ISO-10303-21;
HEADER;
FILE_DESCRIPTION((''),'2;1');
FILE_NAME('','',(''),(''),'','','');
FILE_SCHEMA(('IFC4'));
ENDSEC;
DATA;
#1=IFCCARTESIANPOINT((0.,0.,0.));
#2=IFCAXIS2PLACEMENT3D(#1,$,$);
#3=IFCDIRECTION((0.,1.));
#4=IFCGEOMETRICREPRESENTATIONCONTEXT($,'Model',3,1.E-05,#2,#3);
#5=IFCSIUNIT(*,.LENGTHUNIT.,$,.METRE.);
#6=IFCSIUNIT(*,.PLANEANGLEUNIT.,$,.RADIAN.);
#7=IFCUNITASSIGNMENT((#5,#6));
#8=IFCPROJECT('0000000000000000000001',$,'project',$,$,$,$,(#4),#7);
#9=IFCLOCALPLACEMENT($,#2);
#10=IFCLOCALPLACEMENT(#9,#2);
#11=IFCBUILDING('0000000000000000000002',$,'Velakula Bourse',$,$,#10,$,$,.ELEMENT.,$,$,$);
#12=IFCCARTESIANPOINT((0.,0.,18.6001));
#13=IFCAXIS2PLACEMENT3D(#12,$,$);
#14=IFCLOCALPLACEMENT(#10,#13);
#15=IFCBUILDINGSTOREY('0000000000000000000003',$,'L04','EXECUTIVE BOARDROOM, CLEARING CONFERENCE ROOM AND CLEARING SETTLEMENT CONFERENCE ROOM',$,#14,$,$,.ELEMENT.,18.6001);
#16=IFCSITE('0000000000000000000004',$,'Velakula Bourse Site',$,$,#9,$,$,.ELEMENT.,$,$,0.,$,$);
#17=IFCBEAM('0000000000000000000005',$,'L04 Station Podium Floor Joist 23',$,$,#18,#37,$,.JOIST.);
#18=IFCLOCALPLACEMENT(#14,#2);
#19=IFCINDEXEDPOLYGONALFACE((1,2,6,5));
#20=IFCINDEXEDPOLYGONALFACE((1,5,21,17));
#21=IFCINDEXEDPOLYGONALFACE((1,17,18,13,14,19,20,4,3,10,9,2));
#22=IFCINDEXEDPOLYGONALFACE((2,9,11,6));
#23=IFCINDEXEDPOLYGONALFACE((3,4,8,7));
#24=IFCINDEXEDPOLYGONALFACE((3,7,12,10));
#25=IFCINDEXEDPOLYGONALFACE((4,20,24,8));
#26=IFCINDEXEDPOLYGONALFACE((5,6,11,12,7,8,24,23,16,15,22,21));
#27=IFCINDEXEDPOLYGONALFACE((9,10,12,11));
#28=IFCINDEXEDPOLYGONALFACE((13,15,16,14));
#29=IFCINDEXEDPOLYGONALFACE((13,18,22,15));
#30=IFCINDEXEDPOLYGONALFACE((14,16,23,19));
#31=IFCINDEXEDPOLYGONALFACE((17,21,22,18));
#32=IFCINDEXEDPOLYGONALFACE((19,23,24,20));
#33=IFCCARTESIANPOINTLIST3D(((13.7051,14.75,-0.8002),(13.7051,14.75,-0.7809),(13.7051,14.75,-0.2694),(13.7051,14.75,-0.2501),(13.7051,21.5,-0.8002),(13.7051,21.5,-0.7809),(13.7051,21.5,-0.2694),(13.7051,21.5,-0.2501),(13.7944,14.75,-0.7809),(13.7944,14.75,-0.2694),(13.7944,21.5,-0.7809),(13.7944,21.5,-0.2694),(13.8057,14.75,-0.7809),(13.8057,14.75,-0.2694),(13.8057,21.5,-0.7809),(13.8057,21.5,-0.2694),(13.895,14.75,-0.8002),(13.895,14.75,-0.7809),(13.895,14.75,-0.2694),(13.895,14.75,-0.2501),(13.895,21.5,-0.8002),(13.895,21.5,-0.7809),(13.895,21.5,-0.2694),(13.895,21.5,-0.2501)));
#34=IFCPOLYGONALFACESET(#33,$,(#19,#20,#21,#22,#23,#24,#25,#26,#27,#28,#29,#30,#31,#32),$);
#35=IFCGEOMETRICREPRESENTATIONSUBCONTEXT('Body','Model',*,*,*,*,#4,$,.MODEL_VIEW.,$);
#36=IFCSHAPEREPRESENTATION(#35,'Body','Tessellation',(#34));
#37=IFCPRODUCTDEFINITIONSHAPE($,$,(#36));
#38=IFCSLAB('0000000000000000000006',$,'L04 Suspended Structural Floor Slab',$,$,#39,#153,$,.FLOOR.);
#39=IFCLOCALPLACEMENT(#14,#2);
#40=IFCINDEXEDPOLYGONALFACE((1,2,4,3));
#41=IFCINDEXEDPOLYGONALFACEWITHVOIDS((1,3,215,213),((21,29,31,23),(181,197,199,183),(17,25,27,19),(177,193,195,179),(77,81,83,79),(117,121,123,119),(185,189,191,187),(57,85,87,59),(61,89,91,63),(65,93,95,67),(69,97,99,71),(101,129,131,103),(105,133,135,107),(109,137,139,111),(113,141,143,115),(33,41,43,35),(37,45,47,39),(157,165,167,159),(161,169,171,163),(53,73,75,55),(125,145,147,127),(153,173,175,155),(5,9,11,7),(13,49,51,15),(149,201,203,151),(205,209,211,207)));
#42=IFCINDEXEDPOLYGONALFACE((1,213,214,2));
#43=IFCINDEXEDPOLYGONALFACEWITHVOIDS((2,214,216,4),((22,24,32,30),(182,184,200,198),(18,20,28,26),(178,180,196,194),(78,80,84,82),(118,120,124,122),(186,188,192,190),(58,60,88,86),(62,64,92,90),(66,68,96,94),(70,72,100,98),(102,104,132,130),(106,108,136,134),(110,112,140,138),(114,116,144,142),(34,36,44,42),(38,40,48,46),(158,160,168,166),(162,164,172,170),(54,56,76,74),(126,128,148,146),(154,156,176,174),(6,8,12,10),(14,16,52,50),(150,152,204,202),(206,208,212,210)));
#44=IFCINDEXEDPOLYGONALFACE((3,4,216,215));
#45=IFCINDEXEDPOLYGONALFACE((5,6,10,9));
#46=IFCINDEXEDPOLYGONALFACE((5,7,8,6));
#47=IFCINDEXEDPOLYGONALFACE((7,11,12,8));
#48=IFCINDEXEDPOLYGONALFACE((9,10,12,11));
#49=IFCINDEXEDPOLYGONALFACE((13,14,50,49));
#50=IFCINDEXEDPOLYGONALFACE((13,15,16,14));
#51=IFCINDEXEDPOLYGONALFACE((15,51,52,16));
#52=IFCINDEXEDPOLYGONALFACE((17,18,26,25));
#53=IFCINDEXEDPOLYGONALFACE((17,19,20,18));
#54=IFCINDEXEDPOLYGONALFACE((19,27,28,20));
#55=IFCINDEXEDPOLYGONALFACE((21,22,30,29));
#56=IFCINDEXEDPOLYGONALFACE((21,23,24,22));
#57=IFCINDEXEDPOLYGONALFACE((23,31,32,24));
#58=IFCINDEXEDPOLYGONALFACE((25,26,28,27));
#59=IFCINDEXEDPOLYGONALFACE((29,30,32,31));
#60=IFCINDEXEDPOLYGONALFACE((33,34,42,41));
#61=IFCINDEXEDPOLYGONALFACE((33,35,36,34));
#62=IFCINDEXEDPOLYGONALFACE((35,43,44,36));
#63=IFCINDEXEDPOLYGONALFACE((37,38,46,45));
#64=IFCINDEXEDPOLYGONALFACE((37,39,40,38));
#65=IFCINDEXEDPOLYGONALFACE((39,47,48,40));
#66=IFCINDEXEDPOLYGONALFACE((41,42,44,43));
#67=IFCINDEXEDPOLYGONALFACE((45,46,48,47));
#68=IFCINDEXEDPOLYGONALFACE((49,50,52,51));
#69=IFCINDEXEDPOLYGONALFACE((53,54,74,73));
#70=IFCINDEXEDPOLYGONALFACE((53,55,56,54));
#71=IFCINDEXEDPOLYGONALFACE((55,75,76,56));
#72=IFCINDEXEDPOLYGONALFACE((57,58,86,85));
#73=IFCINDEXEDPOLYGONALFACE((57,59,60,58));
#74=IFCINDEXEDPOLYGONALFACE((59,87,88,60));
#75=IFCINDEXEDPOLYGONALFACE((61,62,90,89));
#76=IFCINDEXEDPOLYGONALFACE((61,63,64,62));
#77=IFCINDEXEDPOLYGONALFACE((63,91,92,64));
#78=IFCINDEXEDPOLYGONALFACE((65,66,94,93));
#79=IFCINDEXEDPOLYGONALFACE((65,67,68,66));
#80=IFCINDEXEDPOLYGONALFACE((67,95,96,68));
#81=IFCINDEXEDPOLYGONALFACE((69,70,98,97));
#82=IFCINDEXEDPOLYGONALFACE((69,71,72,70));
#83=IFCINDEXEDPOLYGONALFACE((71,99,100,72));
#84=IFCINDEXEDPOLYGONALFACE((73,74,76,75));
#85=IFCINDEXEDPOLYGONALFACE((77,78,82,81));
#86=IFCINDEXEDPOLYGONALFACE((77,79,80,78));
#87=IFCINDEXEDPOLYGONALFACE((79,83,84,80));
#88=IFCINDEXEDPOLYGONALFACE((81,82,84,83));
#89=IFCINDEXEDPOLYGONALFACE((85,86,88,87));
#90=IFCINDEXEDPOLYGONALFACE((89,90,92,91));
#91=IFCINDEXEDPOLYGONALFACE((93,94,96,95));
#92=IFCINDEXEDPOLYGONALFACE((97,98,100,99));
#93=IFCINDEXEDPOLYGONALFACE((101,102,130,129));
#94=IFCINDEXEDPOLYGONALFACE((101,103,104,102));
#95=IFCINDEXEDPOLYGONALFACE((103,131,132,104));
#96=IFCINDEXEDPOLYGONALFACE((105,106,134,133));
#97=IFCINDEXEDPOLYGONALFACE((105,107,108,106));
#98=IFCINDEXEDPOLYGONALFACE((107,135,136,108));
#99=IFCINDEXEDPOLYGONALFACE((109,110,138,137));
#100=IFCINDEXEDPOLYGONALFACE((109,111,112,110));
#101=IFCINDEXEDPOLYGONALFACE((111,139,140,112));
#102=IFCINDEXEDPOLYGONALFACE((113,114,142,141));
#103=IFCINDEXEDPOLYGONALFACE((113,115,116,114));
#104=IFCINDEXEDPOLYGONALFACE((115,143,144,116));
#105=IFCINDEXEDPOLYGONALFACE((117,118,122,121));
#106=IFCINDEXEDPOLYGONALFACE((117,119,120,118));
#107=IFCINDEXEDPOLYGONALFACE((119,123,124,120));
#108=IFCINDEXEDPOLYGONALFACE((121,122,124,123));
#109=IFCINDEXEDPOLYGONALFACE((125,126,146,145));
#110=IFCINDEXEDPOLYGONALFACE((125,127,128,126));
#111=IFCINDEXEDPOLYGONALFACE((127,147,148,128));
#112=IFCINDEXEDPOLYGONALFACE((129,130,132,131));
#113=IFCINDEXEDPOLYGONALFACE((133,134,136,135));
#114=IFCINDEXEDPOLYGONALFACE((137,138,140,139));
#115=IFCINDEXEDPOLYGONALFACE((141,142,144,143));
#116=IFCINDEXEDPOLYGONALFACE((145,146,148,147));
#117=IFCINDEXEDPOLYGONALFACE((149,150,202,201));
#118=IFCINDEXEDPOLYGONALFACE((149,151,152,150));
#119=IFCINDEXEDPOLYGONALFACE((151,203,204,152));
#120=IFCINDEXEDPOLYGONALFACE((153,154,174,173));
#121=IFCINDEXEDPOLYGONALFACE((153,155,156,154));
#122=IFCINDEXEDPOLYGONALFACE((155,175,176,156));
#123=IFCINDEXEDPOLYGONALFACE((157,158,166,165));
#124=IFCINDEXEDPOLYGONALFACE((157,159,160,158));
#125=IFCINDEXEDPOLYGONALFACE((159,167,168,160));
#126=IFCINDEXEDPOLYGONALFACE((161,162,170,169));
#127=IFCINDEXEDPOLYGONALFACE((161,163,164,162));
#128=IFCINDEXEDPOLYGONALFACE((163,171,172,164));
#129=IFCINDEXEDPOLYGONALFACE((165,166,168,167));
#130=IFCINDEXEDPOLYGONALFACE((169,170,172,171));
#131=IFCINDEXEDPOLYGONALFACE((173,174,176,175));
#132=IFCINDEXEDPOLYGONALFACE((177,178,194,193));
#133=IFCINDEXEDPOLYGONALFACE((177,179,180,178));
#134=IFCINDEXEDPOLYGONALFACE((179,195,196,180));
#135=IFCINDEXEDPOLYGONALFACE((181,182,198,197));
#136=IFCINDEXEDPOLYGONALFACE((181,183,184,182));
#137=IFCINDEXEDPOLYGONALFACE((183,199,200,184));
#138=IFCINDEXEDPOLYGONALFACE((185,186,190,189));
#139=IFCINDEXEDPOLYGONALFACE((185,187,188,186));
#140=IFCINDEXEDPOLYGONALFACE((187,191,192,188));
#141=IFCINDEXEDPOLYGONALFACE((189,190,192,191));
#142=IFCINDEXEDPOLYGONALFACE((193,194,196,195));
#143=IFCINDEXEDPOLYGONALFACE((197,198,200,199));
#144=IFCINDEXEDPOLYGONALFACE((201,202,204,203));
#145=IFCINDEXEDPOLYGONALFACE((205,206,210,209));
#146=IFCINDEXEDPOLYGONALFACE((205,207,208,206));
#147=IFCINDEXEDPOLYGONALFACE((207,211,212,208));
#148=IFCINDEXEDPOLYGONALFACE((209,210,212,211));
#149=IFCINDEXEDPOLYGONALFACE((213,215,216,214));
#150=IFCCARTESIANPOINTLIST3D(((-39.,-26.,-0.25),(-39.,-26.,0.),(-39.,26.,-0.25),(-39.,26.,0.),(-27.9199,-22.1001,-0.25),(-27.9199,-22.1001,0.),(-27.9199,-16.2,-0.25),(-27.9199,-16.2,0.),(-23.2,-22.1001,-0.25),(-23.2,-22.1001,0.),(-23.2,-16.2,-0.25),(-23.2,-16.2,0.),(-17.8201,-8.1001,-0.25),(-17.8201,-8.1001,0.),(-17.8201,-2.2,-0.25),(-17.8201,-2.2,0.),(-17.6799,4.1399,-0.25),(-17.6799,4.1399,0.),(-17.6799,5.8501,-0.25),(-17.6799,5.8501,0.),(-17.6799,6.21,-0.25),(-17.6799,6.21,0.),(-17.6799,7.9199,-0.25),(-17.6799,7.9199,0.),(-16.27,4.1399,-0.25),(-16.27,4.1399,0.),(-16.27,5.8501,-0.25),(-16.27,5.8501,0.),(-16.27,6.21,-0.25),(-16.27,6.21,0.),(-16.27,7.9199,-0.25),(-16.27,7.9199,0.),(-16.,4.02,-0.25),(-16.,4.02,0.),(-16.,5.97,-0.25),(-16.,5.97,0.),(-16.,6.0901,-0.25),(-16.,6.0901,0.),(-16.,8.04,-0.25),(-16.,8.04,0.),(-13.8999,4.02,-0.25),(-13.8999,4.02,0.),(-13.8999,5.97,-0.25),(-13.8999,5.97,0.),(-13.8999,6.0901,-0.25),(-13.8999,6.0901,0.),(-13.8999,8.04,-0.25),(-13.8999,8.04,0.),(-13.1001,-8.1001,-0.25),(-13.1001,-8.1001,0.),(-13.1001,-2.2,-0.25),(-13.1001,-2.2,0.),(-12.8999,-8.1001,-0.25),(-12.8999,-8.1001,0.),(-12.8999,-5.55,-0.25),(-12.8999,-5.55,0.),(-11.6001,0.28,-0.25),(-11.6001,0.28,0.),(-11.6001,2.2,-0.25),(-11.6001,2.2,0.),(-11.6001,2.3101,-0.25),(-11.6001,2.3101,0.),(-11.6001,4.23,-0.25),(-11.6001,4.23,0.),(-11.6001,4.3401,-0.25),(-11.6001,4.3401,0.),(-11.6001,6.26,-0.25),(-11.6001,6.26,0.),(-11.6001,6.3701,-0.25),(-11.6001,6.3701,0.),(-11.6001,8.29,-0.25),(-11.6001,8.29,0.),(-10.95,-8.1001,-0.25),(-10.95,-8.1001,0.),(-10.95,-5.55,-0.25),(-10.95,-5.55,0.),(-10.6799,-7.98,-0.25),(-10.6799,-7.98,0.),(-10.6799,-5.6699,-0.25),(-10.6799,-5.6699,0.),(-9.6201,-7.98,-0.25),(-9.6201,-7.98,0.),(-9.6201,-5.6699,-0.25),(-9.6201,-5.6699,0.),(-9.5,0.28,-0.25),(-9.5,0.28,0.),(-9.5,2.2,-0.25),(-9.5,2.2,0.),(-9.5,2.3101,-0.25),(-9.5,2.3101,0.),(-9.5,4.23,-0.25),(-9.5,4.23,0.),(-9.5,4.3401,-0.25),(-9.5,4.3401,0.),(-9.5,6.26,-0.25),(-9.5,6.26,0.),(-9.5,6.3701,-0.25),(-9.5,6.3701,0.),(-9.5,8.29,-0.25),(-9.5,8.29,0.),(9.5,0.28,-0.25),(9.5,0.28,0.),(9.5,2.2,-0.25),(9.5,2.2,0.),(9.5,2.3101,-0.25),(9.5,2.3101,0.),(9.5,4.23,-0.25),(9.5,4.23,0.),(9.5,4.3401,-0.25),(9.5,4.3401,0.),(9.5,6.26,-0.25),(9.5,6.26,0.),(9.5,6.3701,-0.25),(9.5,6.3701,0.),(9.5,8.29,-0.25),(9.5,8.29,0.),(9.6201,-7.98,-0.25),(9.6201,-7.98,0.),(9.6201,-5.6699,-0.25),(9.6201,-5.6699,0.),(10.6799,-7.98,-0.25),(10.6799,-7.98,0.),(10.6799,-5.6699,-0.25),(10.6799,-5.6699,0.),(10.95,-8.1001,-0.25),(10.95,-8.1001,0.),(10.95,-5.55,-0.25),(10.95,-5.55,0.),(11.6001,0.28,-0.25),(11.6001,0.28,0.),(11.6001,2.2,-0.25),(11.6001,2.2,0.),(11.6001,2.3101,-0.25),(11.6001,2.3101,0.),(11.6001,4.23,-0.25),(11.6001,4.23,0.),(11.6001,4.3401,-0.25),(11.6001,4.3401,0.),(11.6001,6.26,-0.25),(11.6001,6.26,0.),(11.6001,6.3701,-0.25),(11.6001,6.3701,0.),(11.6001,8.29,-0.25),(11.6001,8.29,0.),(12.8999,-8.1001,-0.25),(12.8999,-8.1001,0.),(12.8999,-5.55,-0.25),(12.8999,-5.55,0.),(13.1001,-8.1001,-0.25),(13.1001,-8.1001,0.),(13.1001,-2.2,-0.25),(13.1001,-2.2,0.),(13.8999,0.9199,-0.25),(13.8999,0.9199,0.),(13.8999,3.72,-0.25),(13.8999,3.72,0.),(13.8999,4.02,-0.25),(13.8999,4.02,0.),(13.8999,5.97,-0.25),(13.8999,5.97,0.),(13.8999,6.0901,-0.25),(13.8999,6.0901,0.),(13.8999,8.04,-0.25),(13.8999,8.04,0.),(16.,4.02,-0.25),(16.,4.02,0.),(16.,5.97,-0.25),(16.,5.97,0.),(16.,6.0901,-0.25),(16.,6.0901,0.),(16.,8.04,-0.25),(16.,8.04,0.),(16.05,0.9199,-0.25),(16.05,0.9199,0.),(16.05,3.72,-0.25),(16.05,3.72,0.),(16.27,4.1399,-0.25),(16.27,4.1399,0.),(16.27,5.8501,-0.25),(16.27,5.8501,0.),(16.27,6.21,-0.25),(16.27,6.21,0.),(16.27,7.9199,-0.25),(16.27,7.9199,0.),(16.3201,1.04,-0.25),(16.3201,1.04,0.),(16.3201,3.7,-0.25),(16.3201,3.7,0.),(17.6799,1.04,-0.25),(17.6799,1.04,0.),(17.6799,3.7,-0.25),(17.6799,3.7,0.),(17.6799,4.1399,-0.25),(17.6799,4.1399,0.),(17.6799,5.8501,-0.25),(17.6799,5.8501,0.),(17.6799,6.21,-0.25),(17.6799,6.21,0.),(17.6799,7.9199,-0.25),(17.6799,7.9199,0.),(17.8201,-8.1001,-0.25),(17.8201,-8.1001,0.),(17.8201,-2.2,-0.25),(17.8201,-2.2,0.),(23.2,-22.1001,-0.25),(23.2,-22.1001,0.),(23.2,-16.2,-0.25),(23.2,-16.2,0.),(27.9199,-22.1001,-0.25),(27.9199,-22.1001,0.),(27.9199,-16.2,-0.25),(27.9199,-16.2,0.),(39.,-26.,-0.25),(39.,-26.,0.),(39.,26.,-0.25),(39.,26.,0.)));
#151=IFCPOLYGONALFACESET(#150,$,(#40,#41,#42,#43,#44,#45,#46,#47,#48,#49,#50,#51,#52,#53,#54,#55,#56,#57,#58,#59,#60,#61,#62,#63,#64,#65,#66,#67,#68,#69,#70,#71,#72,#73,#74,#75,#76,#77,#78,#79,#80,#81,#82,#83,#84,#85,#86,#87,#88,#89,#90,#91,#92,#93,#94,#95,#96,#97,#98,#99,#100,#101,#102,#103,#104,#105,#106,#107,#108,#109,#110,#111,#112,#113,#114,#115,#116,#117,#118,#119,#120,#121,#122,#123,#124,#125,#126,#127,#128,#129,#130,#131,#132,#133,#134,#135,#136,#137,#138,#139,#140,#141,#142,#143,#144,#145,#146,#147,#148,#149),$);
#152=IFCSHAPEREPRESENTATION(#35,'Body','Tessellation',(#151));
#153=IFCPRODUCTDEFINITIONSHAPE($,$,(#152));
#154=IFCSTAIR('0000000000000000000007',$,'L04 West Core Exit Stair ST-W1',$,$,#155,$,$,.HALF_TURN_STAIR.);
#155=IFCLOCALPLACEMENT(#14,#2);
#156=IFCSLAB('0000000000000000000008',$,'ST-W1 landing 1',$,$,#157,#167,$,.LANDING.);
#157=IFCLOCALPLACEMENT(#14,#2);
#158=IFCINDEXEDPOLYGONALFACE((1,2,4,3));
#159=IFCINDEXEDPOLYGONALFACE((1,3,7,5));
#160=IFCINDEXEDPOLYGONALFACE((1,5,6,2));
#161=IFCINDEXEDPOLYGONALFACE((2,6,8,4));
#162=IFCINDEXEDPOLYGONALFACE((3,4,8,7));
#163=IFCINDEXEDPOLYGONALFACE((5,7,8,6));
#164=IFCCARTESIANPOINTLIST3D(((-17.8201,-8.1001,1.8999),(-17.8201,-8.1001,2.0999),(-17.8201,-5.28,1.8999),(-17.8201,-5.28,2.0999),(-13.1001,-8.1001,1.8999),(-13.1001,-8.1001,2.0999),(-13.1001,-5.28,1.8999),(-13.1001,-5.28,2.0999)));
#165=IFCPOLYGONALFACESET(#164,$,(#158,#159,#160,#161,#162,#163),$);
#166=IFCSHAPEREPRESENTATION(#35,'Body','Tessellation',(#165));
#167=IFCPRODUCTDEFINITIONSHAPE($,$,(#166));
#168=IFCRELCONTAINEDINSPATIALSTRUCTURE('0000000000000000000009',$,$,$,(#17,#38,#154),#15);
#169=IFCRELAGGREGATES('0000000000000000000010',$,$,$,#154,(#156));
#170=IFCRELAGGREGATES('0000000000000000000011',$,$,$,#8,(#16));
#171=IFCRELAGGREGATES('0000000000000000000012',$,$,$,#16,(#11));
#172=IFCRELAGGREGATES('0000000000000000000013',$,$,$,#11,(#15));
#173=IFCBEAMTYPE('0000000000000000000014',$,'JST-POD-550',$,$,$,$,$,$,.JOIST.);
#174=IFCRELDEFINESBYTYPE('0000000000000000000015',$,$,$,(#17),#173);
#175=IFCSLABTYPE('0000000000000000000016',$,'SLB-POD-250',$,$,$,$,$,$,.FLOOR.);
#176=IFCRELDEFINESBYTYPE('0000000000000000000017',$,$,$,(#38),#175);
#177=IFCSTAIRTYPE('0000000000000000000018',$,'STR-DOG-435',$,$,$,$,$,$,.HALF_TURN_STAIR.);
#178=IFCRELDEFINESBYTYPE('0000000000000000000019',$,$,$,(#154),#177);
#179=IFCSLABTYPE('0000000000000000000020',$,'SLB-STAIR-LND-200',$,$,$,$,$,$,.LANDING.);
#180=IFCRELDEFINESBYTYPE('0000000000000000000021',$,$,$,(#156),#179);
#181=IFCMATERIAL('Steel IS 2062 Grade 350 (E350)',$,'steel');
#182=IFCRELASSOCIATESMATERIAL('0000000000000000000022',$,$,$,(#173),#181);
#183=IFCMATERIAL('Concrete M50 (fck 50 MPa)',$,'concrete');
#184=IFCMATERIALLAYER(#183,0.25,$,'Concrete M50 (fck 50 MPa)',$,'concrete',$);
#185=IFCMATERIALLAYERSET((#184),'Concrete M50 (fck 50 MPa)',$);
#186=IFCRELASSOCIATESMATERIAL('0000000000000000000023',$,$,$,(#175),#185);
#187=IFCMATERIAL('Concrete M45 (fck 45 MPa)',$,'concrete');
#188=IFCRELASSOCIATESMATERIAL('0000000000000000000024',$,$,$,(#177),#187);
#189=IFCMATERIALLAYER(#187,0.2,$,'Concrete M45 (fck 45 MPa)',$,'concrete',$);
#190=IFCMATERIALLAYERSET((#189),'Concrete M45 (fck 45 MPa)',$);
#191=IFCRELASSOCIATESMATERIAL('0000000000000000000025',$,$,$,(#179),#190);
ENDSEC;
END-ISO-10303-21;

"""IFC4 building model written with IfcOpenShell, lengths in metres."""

from ifc_helpers import new_model, si_unit, direction, frame, origin, origin_2d, place, context, subcontext, project, spatial, polyline, i_section, outline, extrude, material, layer, layer_set, material_profile, profile_set, type_object, element, aggregate, save


model = new_model("IFC4")

# Units and contexts
model_context = context("Model", 3, precision=1e-05, world=origin(), true_north=direction((0.0, 1.0)))
body_context = subcontext(model_context, "Body", "Model", "MODEL_VIEW")
ifc_project = project(units=[si_unit("LENGTHUNIT", "METRE"), si_unit("PLANEANGLEUNIT", "RADIAN")], contexts=[model_context])

# Site, building, storey
site_placement = place(None, origin())
site = spatial("IfcSite", under=ifc_project, at=site_placement, Name="Velakula Bourse Site", CompositionType="ELEMENT", RefElevation=0.0)
building_placement = place(site_placement, origin())
building = spatial("IfcBuilding", under=site, at=building_placement, Name="Velakula Bourse", CompositionType="ELEMENT")
storey_placement = place(building_placement, frame((0.0, 0.0, 18.6001)))
storey = spatial("IfcBuildingStorey", under=building, at=storey_placement, Name="L04", Description="EXECUTIVE BOARDROOM, CLEARING CONFERENCE ROOM AND CLEARING SETTLEMENT CONFERENCE ROOM", CompositionType="ELEMENT", Elevation=18.6001)

# Beam
ifc_material_1 = material(Name="Steel IS 2062 Grade 350 (E350)", Category="steel")
ifc_material_profile_1 = material_profile(ifc_material_1, i_section(OverallWidth=0.1899, OverallDepth=0.55, WebThickness=0.0112, FlangeThickness=0.0193, at=origin_2d()), Name="Steel IS 2062 Grade 350 (E350)")
ifc_profile_set_1 = profile_set([ifc_material_profile_1], Name="Steel IS 2062 Grade 350 (E350)")
beam_type_1 = type_object("IfcBeamType", Name="JST-POD-550", PredefinedType="JOIST", material=ifc_profile_set_1)
for number, where, z_axis, x_axis, name in (
    (1, (13.8, 14.75, -0.5251), (0.0, 1.0, 0.0), (-1.0, 0.0, 0.0), "L04 Station Podium Floor Joist 23"),
):
    element("IfcBeam", number, at=place(storey_placement, frame(where, z_axis=z_axis, x_axis=x_axis)), inside=storey, type_object=beam_type_1, Name=name, PredefinedType="JOIST", context=body_context, shape_type="SweptSolid", body=[
        extrude(i_section(OverallWidth=0.1899, OverallDepth=0.55, WebThickness=0.0112, FlangeThickness=0.0193, at=origin_2d()), origin(), (0.0, 0.0, 1.0), 6.75),
    ])

# Slab
ifc_material_2 = material(Name="Concrete M50 (fck 50 MPa)", Category="concrete")
ifc_layer_1 = layer(ifc_material_2, 0.25, Name="Concrete M50 (fck 50 MPa)", Category="concrete")
ifc_layer_set_1 = layer_set([ifc_layer_1], Name="Concrete M50 (fck 50 MPa)")
slab_type_1 = type_object("IfcSlabType", Name="SLB-POD-250", PredefinedType="FLOOR", material=ifc_layer_set_1)
slab_1_placement = place(storey_placement, frame((0.0, 0.0, -0.25)))
element("IfcSlab", 2, at=slab_1_placement, inside=storey, type_object=slab_type_1, Name="L04 Suspended Structural Floor Slab", PredefinedType="FLOOR", context=body_context, shape_type="SweptSolid", body=[
    extrude(outline(polyline([(-39.0, -26.0), (39.0, -26.0), (39.0, 26.0), (-39.0, 26.0), (-39.0, -26.0)]), holes=[polyline([(-17.8201, -8.1001), (-13.1001, -8.1001), (-13.1001, -2.2), (-17.8201, -2.2), (-17.8201, -8.1001)]), polyline([(13.1001, -8.1001), (17.8201, -8.1001), (17.8201, -2.2), (13.1001, -2.2), (13.1001, -8.1001)]), polyline([(-27.9199, -22.1001), (-23.2, -22.1001), (-23.2, -16.2), (-27.9199, -16.2), (-27.9199, -22.1001)]), polyline([(23.2, -22.1001), (27.9199, -22.1001), (27.9199, -16.2), (23.2, -16.2), (23.2, -22.1001)]), polyline([(-12.8999, -8.1001), (-10.95, -8.1001), (-10.95, -5.55), (-12.8999, -5.55), (-12.8999, -8.1001)]), polyline([(10.95, -8.1001), (12.8999, -8.1001), (12.8999, -5.55), (10.95, -5.55), (10.95, -8.1001)]), polyline([(13.8999, 0.9199), (16.05, 0.9199), (16.05, 3.72), (13.8999, 3.72), (13.8999, 0.9199)]), polyline([(-10.6799, -7.98), (-9.6201, -7.98), (-9.6201, -5.6699), (-10.6799, -5.6699), (-10.6799, -7.98)]), polyline([(-17.6799, 4.1399), (-16.27, 4.1399), (-16.27, 5.8501), (-17.6799, 5.8501), (-17.6799, 4.1399)]), polyline([(-17.6799, 6.21), (-16.27, 6.21), (-16.27, 7.9199), (-17.6799, 7.9199), (-17.6799, 6.21)]), polyline([(9.6201, -7.98), (10.6799, -7.98), (10.6799, -5.6699), (9.6201, -5.6699), (9.6201, -7.98)]), polyline([(16.27, 4.1399), (17.6799, 4.1399), (17.6799, 5.8501), (16.27, 5.8501), (16.27, 4.1399)]), polyline([(16.27, 6.21), (17.6799, 6.21), (17.6799, 7.9199), (16.27, 7.9199), (16.27, 6.21)]), polyline([(16.3201, 1.04), (17.6799, 1.04), (17.6799, 3.7), (16.3201, 3.7), (16.3201, 1.04)]), polyline([(-11.6001, 0.28), (-9.5, 0.28), (-9.5, 2.2), (-11.6001, 2.2), (-11.6001, 0.28)]), polyline([(-11.6001, 2.3101), (-9.5, 2.3101), (-9.5, 4.23), (-11.6001, 4.23), (-11.6001, 2.3101)]), polyline([(-11.6001, 4.3401), (-9.5, 4.3401), (-9.5, 6.26), (-11.6001, 6.26), (-11.6001, 4.3401)]), polyline([(-11.6001, 6.3701), (-9.5, 6.3701), (-9.5, 8.29), (-11.6001, 8.29), (-11.6001, 6.3701)]), polyline([(9.5, 0.28), (11.6001, 0.28), (11.6001, 2.2), (9.5, 2.2), (9.5, 0.28)]), polyline([(9.5, 2.3101), (11.6001, 2.3101), (11.6001, 4.23), (9.5, 4.23), (9.5, 2.3101)]), polyline([(9.5, 4.3401), (11.6001, 4.3401), (11.6001, 6.26), (9.5, 6.26), (9.5, 4.3401)]), polyline([(9.5, 6.3701), (11.6001, 6.3701), (11.6001, 8.29), (9.5, 8.29), (9.5, 6.3701)]), polyline([(-16.0, 4.02), (-13.8999, 4.02), (-13.8999, 5.97), (-16.0, 5.97), (-16.0, 4.02)]), polyline([(-16.0, 6.0901), (-13.8999, 6.0901), (-13.8999, 8.04), (-16.0, 8.04), (-16.0, 6.0901)]), polyline([(13.8999, 4.02), (16.0, 4.02), (16.0, 5.97), (13.8999, 5.97), (13.8999, 4.02)]), polyline([(13.8999, 6.0901), (16.0, 6.0901), (16.0, 8.04), (13.8999, 8.04), (13.8999, 6.0901)])]), origin(), (0.0, 0.0, 1.0), 0.25),
])

# Stair, slab
ifc_material_3 = material(Name="Concrete M45 (fck 45 MPa)", Category="concrete")
stair_type = type_object("IfcStairType", Name="STR-DOG-435", PredefinedType="HALF_TURN_STAIR", material=ifc_material_3)
stair_1_placement = place(storey_placement, origin())
stair_1 = element("IfcStair", 3, at=stair_1_placement, inside=storey, type_object=stair_type, Name="L04 West Core Exit Stair ST-W1", PredefinedType="HALF_TURN_STAIR")
ifc_layer_2 = layer(ifc_material_3, 0.2, Name="Concrete M45 (fck 45 MPa)", Category="concrete")
ifc_layer_set_2 = layer_set([ifc_layer_2], Name="Concrete M45 (fck 45 MPa)")
slab_type_2 = type_object("IfcSlabType", Name="SLB-STAIR-LND-200", PredefinedType="LANDING", material=ifc_layer_set_2)
slab_2_placement = place(storey_placement, frame((0.0, 0.0, 1.8999)))
slab_2 = element("IfcSlab", 4, at=slab_2_placement, type_object=slab_type_2, Name="ST-W1 landing 1", PredefinedType="LANDING", context=body_context, shape_type="SweptSolid", body=[
    extrude(outline(polyline([(-17.8201, -5.28), (-17.8201, -8.1001), (-13.1001, -8.1001), (-13.1001, -5.28), (-17.8201, -5.28)])), origin(), (0.0, 0.0, 1.0), 0.2),
])
aggregate(stair_1, [slab_2])

save(model, "model.ifc")
